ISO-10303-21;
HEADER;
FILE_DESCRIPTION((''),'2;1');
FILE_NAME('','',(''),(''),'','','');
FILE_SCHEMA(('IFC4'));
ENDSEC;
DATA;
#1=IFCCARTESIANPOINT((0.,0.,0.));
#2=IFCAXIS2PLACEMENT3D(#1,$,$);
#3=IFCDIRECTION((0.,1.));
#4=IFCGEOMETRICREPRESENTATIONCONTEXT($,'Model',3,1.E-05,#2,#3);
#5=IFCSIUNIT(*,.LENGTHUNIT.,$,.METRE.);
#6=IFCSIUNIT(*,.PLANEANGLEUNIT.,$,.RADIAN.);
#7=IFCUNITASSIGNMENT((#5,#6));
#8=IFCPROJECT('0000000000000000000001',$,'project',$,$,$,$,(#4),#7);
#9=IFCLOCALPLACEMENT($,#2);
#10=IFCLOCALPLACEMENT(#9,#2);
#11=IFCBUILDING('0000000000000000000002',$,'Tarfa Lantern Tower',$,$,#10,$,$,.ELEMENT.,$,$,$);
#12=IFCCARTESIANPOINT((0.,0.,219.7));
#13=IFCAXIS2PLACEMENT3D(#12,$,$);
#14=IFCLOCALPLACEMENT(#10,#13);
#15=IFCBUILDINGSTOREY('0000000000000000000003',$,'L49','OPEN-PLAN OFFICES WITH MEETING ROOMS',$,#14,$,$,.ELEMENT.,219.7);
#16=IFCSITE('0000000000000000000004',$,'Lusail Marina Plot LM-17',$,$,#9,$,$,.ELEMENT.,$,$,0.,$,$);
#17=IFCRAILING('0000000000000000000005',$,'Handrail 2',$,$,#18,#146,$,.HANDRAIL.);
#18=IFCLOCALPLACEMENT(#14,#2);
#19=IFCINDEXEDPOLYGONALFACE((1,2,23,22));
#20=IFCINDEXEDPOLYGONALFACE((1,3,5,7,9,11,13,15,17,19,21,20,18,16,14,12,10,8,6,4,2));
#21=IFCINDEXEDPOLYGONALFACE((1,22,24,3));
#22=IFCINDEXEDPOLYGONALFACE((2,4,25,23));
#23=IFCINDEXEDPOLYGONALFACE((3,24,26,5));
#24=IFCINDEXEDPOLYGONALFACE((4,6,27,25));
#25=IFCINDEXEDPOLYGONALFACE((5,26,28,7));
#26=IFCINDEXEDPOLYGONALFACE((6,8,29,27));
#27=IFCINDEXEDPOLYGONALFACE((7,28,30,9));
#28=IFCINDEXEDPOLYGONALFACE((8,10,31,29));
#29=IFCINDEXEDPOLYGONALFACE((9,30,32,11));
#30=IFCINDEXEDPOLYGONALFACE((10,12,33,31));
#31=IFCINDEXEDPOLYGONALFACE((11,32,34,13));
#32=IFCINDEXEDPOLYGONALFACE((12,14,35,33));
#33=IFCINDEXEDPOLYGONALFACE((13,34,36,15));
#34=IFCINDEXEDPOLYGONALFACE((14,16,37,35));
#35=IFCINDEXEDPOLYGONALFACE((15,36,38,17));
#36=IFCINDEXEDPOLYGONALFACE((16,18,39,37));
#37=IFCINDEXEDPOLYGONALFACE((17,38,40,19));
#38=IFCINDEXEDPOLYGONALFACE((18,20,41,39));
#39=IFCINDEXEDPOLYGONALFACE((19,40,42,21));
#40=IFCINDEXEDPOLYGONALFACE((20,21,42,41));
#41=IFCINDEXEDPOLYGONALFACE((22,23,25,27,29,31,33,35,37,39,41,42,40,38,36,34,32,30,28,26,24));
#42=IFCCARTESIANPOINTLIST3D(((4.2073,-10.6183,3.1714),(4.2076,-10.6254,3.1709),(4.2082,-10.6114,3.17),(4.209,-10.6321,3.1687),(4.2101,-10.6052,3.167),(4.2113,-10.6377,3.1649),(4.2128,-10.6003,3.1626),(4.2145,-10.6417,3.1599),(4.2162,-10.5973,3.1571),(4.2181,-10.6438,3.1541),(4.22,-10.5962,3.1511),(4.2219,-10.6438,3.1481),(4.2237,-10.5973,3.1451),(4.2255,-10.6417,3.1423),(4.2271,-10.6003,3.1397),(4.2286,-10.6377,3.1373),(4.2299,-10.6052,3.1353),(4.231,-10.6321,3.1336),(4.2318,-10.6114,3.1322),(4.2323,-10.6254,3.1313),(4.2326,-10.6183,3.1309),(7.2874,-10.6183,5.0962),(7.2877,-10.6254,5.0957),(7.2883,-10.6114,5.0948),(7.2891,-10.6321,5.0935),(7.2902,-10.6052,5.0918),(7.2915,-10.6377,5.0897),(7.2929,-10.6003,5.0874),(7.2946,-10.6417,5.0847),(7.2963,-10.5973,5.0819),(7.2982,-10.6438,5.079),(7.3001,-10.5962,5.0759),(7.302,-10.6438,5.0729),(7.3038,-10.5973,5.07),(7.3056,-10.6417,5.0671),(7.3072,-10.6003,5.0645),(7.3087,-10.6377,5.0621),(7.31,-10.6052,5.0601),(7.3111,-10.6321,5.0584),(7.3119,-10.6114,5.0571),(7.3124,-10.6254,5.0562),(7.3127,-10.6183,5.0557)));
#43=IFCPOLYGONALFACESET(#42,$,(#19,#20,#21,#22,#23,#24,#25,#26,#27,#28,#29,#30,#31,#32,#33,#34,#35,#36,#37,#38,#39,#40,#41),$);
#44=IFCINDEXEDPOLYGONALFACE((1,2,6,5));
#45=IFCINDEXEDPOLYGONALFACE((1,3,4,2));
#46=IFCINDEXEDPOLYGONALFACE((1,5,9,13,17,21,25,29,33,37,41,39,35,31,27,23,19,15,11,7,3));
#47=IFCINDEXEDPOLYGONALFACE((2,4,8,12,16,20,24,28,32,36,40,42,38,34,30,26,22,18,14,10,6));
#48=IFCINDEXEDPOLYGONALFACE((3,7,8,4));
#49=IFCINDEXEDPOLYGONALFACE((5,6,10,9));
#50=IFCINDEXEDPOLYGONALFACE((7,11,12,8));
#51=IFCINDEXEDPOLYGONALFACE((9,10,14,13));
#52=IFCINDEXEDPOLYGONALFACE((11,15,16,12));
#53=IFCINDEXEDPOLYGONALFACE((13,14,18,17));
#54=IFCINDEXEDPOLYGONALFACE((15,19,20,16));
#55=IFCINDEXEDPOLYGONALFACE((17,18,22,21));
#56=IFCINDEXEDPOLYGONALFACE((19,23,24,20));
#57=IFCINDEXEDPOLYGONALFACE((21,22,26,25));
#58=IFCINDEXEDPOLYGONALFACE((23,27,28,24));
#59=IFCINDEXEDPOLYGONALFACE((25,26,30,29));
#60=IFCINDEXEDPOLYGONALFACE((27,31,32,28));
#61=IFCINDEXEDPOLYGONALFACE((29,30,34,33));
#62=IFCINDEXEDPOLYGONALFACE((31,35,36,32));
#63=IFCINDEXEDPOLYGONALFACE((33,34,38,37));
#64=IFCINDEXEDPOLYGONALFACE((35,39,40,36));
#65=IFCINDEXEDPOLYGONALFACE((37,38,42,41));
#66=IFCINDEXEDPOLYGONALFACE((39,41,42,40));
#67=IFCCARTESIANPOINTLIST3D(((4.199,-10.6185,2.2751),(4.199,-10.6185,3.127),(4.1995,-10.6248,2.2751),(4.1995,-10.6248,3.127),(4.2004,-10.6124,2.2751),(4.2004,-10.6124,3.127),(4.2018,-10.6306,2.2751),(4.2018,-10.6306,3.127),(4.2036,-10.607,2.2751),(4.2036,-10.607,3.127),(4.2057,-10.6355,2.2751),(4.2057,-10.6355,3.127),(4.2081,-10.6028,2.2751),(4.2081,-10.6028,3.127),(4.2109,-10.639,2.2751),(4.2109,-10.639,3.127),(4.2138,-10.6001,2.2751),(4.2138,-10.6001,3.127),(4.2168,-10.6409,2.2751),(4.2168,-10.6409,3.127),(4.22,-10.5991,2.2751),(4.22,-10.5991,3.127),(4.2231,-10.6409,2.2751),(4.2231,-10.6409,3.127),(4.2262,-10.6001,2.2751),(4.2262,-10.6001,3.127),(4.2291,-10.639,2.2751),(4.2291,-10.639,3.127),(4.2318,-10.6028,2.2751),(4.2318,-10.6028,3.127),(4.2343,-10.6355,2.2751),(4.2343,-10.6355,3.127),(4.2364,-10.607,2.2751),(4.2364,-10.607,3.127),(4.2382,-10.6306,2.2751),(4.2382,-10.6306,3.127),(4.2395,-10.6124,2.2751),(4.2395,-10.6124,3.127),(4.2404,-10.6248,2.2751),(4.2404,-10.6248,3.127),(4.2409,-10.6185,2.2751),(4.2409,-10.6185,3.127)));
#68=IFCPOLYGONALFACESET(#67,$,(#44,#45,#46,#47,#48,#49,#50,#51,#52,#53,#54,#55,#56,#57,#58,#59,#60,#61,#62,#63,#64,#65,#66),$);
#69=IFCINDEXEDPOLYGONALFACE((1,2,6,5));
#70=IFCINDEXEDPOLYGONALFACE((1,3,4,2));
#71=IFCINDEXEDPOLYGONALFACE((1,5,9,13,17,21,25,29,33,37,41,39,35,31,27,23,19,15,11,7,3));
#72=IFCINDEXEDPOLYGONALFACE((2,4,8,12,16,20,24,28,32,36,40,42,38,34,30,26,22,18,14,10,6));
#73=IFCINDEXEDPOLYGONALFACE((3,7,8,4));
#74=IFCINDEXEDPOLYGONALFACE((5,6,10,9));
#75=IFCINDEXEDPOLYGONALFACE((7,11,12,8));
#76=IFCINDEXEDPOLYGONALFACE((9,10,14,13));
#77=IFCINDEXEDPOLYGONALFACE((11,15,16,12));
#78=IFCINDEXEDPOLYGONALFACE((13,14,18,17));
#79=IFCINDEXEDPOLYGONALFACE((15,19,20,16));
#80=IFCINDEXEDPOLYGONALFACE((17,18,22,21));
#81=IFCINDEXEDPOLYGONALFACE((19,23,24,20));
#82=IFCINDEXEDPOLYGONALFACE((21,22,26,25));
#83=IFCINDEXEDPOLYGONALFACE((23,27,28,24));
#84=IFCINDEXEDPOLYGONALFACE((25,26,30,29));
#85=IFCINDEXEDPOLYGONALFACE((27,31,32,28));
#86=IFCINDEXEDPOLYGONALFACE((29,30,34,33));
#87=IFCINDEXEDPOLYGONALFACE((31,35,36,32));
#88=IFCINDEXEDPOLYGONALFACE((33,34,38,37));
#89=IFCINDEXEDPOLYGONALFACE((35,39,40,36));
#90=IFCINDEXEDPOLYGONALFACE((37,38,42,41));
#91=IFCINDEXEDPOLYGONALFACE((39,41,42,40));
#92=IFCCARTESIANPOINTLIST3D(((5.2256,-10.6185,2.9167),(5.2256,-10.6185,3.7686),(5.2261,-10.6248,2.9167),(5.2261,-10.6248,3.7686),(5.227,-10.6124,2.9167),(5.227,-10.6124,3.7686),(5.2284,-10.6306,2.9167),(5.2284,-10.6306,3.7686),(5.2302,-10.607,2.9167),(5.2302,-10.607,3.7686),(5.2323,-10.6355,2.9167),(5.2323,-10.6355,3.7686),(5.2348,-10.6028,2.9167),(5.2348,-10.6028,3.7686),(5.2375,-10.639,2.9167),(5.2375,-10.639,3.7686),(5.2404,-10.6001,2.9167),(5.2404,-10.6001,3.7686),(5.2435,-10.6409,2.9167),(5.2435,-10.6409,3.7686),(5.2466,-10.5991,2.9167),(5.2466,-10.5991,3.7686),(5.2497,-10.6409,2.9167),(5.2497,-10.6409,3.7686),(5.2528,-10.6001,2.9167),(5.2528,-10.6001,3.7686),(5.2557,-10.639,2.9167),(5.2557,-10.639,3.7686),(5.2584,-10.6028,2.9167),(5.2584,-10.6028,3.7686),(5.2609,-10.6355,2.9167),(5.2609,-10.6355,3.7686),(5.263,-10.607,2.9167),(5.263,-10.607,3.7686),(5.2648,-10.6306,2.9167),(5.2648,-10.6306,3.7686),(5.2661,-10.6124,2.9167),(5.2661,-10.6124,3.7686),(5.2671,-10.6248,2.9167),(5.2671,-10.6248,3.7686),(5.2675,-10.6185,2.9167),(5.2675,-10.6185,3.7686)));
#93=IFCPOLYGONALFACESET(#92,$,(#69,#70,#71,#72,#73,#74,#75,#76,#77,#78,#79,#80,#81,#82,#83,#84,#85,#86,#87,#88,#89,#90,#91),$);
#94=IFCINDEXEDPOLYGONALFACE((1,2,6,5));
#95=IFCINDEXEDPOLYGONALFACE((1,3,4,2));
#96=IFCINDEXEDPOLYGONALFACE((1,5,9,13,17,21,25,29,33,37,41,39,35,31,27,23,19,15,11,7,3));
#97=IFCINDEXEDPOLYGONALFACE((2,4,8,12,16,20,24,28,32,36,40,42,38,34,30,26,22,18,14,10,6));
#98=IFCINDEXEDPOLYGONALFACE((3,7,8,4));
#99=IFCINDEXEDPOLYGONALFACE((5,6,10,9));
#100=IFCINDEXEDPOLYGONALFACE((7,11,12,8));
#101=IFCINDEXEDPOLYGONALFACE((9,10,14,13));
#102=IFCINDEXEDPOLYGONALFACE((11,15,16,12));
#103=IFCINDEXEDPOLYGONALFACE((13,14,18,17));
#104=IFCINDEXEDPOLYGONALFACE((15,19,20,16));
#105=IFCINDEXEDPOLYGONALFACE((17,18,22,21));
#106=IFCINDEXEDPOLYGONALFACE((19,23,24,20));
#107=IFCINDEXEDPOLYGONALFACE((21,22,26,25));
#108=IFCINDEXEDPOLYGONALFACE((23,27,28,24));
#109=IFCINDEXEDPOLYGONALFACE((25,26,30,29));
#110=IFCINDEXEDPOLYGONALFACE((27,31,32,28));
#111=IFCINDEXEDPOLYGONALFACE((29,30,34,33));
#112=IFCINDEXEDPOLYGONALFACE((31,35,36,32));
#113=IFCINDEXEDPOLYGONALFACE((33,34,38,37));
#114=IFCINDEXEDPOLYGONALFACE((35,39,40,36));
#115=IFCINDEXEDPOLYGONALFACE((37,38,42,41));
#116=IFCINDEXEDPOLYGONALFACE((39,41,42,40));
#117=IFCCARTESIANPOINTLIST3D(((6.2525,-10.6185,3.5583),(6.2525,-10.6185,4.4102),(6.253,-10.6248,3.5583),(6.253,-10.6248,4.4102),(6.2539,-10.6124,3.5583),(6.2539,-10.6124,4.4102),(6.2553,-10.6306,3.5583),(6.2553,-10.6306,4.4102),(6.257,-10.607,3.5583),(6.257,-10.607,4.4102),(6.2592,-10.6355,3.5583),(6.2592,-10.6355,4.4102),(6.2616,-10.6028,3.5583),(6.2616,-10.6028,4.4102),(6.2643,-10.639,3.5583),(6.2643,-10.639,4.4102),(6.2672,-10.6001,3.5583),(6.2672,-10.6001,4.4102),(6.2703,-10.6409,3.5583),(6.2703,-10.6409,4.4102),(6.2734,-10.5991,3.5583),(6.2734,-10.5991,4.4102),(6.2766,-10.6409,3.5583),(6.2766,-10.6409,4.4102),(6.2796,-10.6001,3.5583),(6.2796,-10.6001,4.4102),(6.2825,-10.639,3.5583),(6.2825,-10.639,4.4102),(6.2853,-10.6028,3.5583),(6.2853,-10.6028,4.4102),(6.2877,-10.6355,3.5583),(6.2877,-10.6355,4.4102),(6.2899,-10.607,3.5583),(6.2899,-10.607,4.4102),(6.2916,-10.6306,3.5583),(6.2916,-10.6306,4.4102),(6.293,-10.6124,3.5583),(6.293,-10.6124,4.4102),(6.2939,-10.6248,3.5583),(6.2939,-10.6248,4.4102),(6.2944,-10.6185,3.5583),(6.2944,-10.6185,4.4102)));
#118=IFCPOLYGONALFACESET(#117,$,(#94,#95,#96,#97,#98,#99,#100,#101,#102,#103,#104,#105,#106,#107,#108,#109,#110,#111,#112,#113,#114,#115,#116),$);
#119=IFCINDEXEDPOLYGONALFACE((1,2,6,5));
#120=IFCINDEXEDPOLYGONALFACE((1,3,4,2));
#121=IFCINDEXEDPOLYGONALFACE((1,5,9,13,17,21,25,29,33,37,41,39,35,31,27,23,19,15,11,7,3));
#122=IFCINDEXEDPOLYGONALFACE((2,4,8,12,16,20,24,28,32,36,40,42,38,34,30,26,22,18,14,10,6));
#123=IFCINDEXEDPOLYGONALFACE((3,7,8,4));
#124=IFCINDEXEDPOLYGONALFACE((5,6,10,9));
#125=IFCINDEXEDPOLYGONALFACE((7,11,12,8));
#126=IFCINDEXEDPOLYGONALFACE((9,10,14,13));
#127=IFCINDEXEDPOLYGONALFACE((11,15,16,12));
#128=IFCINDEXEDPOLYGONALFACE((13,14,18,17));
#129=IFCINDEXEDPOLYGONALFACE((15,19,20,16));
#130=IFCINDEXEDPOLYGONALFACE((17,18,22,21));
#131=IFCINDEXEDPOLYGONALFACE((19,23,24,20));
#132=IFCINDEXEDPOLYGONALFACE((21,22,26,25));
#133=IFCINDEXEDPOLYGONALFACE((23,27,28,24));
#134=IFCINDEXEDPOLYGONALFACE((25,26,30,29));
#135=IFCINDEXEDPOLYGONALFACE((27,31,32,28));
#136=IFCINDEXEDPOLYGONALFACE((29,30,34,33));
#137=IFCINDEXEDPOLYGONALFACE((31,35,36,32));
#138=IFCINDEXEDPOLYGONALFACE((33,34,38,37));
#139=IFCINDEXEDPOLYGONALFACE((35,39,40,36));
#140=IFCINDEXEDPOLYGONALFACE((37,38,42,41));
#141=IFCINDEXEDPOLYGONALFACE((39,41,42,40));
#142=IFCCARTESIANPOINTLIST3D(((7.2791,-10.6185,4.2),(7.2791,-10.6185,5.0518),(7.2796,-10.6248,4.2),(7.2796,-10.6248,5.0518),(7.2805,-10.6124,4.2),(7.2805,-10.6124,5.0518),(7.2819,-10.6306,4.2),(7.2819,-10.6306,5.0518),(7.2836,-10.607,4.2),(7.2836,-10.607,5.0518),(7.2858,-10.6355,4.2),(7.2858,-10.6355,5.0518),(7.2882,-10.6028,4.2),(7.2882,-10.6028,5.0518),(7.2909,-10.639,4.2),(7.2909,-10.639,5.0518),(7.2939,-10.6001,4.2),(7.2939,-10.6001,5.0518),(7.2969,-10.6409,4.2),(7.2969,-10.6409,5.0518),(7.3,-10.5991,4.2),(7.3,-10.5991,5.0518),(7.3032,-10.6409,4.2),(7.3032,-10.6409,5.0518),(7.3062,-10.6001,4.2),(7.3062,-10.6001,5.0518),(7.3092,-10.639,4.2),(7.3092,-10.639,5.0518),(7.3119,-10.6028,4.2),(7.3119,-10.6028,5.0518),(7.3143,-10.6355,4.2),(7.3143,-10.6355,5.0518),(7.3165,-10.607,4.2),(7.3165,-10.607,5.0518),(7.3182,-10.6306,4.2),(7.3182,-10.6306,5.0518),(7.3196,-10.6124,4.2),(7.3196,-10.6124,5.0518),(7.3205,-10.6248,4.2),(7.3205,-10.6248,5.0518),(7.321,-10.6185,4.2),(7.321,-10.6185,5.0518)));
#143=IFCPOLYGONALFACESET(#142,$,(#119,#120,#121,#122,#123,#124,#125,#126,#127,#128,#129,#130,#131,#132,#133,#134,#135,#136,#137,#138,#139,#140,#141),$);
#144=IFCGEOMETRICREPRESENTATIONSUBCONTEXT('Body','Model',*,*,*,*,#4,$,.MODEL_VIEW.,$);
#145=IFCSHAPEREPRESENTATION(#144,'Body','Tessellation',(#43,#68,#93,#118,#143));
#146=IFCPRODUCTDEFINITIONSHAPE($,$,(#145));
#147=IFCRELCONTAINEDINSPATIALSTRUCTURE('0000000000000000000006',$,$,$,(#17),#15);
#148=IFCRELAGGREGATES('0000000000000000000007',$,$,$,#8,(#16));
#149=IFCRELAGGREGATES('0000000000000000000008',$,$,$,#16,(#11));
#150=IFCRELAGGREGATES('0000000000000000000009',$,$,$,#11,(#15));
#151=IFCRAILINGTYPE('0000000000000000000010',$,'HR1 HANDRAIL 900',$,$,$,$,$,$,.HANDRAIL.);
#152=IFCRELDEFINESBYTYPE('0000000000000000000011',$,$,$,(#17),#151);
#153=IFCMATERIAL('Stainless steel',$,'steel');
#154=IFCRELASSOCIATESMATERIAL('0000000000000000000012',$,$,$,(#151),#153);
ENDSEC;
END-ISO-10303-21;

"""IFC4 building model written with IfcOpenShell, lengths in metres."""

from ifc_helpers import new_model, si_unit, direction, frame, origin, origin_2d, place, context, subcontext, project, spatial, circle, extrude, material, type_object, element, save


model = new_model("IFC4")

# Units and contexts
model_context = context("Model", 3, precision=1e-05, world=origin(), true_north=direction((0.0, 1.0)))
body_context = subcontext(model_context, "Body", "Model", "MODEL_VIEW")
ifc_project = project(units=[si_unit("LENGTHUNIT", "METRE"), si_unit("PLANEANGLEUNIT", "RADIAN")], contexts=[model_context])

# Site, building, storey
site_placement = place(None, origin())
site = spatial("IfcSite", under=ifc_project, at=site_placement, Name="Lusail Marina Plot LM-17", CompositionType="ELEMENT", RefElevation=0.0)
building_placement = place(site_placement, origin())
building = spatial("IfcBuilding", under=site, at=building_placement, Name="Tarfa Lantern Tower", CompositionType="ELEMENT")
storey_placement = place(building_placement, frame((0.0, 0.0, 219.7)))
storey = spatial("IfcBuildingStorey", under=building, at=storey_placement, Name="L49", Description="OPEN-PLAN OFFICES WITH MEETING ROOMS", CompositionType="ELEMENT", Elevation=219.7)

# Railing
ifc_material_1 = material(Name="Stainless steel", Category="steel")
railing_type = type_object("IfcRailingType", Name="HR1 HANDRAIL 900", PredefinedType="HANDRAIL", material=ifc_material_1)
railing_1_placement = place(storey_placement, frame((4.22, -10.6201, 2.2751)))
element("IfcRailing", 1, at=railing_1_placement, inside=storey, type_object=railing_type, Name="Handrail 2", PredefinedType="HANDRAIL", context=body_context, shape_type="SweptSolid", body=[
    extrude(circle(Radius=0.0239, at=origin_2d()), frame((0.0, 0.0, 0.876), z_axis=(0.848029, 0.0, 0.529951), x_axis=(0.0, 1.0, 0.0)), (0.0, 0.0, 1.0), 3.6321),
    extrude(circle(Radius=0.021, at=origin_2d()), frame((0.0, 0.0, 0.0), z_axis=(0.0, 0.0, 1.0), x_axis=(0.0, 1.0, 0.0)), (0.0, 0.0, 1.0), 0.8518),
    extrude(circle(Radius=0.021, at=origin_2d()), frame((1.0266, 0.0, 0.6416), z_axis=(0.0, 0.0, 1.0), x_axis=(0.0, 1.0, 0.0)), (0.0, 0.0, 1.0), 0.8518),
    extrude(circle(Radius=0.021, at=origin_2d()), frame((2.0535, 0.0, 1.2832), z_axis=(0.0, 0.0, 1.0), x_axis=(0.0, 1.0, 0.0)), (0.0, 0.0, 1.0), 0.8518),
    extrude(circle(Radius=0.021, at=origin_2d()), frame((3.0801, 0.0, 1.9248), z_axis=(0.0, 0.0, 1.0), x_axis=(0.0, 1.0, 0.0)), (0.0, 0.0, 1.0), 0.8518),
])

save(model, "model.ifc")
